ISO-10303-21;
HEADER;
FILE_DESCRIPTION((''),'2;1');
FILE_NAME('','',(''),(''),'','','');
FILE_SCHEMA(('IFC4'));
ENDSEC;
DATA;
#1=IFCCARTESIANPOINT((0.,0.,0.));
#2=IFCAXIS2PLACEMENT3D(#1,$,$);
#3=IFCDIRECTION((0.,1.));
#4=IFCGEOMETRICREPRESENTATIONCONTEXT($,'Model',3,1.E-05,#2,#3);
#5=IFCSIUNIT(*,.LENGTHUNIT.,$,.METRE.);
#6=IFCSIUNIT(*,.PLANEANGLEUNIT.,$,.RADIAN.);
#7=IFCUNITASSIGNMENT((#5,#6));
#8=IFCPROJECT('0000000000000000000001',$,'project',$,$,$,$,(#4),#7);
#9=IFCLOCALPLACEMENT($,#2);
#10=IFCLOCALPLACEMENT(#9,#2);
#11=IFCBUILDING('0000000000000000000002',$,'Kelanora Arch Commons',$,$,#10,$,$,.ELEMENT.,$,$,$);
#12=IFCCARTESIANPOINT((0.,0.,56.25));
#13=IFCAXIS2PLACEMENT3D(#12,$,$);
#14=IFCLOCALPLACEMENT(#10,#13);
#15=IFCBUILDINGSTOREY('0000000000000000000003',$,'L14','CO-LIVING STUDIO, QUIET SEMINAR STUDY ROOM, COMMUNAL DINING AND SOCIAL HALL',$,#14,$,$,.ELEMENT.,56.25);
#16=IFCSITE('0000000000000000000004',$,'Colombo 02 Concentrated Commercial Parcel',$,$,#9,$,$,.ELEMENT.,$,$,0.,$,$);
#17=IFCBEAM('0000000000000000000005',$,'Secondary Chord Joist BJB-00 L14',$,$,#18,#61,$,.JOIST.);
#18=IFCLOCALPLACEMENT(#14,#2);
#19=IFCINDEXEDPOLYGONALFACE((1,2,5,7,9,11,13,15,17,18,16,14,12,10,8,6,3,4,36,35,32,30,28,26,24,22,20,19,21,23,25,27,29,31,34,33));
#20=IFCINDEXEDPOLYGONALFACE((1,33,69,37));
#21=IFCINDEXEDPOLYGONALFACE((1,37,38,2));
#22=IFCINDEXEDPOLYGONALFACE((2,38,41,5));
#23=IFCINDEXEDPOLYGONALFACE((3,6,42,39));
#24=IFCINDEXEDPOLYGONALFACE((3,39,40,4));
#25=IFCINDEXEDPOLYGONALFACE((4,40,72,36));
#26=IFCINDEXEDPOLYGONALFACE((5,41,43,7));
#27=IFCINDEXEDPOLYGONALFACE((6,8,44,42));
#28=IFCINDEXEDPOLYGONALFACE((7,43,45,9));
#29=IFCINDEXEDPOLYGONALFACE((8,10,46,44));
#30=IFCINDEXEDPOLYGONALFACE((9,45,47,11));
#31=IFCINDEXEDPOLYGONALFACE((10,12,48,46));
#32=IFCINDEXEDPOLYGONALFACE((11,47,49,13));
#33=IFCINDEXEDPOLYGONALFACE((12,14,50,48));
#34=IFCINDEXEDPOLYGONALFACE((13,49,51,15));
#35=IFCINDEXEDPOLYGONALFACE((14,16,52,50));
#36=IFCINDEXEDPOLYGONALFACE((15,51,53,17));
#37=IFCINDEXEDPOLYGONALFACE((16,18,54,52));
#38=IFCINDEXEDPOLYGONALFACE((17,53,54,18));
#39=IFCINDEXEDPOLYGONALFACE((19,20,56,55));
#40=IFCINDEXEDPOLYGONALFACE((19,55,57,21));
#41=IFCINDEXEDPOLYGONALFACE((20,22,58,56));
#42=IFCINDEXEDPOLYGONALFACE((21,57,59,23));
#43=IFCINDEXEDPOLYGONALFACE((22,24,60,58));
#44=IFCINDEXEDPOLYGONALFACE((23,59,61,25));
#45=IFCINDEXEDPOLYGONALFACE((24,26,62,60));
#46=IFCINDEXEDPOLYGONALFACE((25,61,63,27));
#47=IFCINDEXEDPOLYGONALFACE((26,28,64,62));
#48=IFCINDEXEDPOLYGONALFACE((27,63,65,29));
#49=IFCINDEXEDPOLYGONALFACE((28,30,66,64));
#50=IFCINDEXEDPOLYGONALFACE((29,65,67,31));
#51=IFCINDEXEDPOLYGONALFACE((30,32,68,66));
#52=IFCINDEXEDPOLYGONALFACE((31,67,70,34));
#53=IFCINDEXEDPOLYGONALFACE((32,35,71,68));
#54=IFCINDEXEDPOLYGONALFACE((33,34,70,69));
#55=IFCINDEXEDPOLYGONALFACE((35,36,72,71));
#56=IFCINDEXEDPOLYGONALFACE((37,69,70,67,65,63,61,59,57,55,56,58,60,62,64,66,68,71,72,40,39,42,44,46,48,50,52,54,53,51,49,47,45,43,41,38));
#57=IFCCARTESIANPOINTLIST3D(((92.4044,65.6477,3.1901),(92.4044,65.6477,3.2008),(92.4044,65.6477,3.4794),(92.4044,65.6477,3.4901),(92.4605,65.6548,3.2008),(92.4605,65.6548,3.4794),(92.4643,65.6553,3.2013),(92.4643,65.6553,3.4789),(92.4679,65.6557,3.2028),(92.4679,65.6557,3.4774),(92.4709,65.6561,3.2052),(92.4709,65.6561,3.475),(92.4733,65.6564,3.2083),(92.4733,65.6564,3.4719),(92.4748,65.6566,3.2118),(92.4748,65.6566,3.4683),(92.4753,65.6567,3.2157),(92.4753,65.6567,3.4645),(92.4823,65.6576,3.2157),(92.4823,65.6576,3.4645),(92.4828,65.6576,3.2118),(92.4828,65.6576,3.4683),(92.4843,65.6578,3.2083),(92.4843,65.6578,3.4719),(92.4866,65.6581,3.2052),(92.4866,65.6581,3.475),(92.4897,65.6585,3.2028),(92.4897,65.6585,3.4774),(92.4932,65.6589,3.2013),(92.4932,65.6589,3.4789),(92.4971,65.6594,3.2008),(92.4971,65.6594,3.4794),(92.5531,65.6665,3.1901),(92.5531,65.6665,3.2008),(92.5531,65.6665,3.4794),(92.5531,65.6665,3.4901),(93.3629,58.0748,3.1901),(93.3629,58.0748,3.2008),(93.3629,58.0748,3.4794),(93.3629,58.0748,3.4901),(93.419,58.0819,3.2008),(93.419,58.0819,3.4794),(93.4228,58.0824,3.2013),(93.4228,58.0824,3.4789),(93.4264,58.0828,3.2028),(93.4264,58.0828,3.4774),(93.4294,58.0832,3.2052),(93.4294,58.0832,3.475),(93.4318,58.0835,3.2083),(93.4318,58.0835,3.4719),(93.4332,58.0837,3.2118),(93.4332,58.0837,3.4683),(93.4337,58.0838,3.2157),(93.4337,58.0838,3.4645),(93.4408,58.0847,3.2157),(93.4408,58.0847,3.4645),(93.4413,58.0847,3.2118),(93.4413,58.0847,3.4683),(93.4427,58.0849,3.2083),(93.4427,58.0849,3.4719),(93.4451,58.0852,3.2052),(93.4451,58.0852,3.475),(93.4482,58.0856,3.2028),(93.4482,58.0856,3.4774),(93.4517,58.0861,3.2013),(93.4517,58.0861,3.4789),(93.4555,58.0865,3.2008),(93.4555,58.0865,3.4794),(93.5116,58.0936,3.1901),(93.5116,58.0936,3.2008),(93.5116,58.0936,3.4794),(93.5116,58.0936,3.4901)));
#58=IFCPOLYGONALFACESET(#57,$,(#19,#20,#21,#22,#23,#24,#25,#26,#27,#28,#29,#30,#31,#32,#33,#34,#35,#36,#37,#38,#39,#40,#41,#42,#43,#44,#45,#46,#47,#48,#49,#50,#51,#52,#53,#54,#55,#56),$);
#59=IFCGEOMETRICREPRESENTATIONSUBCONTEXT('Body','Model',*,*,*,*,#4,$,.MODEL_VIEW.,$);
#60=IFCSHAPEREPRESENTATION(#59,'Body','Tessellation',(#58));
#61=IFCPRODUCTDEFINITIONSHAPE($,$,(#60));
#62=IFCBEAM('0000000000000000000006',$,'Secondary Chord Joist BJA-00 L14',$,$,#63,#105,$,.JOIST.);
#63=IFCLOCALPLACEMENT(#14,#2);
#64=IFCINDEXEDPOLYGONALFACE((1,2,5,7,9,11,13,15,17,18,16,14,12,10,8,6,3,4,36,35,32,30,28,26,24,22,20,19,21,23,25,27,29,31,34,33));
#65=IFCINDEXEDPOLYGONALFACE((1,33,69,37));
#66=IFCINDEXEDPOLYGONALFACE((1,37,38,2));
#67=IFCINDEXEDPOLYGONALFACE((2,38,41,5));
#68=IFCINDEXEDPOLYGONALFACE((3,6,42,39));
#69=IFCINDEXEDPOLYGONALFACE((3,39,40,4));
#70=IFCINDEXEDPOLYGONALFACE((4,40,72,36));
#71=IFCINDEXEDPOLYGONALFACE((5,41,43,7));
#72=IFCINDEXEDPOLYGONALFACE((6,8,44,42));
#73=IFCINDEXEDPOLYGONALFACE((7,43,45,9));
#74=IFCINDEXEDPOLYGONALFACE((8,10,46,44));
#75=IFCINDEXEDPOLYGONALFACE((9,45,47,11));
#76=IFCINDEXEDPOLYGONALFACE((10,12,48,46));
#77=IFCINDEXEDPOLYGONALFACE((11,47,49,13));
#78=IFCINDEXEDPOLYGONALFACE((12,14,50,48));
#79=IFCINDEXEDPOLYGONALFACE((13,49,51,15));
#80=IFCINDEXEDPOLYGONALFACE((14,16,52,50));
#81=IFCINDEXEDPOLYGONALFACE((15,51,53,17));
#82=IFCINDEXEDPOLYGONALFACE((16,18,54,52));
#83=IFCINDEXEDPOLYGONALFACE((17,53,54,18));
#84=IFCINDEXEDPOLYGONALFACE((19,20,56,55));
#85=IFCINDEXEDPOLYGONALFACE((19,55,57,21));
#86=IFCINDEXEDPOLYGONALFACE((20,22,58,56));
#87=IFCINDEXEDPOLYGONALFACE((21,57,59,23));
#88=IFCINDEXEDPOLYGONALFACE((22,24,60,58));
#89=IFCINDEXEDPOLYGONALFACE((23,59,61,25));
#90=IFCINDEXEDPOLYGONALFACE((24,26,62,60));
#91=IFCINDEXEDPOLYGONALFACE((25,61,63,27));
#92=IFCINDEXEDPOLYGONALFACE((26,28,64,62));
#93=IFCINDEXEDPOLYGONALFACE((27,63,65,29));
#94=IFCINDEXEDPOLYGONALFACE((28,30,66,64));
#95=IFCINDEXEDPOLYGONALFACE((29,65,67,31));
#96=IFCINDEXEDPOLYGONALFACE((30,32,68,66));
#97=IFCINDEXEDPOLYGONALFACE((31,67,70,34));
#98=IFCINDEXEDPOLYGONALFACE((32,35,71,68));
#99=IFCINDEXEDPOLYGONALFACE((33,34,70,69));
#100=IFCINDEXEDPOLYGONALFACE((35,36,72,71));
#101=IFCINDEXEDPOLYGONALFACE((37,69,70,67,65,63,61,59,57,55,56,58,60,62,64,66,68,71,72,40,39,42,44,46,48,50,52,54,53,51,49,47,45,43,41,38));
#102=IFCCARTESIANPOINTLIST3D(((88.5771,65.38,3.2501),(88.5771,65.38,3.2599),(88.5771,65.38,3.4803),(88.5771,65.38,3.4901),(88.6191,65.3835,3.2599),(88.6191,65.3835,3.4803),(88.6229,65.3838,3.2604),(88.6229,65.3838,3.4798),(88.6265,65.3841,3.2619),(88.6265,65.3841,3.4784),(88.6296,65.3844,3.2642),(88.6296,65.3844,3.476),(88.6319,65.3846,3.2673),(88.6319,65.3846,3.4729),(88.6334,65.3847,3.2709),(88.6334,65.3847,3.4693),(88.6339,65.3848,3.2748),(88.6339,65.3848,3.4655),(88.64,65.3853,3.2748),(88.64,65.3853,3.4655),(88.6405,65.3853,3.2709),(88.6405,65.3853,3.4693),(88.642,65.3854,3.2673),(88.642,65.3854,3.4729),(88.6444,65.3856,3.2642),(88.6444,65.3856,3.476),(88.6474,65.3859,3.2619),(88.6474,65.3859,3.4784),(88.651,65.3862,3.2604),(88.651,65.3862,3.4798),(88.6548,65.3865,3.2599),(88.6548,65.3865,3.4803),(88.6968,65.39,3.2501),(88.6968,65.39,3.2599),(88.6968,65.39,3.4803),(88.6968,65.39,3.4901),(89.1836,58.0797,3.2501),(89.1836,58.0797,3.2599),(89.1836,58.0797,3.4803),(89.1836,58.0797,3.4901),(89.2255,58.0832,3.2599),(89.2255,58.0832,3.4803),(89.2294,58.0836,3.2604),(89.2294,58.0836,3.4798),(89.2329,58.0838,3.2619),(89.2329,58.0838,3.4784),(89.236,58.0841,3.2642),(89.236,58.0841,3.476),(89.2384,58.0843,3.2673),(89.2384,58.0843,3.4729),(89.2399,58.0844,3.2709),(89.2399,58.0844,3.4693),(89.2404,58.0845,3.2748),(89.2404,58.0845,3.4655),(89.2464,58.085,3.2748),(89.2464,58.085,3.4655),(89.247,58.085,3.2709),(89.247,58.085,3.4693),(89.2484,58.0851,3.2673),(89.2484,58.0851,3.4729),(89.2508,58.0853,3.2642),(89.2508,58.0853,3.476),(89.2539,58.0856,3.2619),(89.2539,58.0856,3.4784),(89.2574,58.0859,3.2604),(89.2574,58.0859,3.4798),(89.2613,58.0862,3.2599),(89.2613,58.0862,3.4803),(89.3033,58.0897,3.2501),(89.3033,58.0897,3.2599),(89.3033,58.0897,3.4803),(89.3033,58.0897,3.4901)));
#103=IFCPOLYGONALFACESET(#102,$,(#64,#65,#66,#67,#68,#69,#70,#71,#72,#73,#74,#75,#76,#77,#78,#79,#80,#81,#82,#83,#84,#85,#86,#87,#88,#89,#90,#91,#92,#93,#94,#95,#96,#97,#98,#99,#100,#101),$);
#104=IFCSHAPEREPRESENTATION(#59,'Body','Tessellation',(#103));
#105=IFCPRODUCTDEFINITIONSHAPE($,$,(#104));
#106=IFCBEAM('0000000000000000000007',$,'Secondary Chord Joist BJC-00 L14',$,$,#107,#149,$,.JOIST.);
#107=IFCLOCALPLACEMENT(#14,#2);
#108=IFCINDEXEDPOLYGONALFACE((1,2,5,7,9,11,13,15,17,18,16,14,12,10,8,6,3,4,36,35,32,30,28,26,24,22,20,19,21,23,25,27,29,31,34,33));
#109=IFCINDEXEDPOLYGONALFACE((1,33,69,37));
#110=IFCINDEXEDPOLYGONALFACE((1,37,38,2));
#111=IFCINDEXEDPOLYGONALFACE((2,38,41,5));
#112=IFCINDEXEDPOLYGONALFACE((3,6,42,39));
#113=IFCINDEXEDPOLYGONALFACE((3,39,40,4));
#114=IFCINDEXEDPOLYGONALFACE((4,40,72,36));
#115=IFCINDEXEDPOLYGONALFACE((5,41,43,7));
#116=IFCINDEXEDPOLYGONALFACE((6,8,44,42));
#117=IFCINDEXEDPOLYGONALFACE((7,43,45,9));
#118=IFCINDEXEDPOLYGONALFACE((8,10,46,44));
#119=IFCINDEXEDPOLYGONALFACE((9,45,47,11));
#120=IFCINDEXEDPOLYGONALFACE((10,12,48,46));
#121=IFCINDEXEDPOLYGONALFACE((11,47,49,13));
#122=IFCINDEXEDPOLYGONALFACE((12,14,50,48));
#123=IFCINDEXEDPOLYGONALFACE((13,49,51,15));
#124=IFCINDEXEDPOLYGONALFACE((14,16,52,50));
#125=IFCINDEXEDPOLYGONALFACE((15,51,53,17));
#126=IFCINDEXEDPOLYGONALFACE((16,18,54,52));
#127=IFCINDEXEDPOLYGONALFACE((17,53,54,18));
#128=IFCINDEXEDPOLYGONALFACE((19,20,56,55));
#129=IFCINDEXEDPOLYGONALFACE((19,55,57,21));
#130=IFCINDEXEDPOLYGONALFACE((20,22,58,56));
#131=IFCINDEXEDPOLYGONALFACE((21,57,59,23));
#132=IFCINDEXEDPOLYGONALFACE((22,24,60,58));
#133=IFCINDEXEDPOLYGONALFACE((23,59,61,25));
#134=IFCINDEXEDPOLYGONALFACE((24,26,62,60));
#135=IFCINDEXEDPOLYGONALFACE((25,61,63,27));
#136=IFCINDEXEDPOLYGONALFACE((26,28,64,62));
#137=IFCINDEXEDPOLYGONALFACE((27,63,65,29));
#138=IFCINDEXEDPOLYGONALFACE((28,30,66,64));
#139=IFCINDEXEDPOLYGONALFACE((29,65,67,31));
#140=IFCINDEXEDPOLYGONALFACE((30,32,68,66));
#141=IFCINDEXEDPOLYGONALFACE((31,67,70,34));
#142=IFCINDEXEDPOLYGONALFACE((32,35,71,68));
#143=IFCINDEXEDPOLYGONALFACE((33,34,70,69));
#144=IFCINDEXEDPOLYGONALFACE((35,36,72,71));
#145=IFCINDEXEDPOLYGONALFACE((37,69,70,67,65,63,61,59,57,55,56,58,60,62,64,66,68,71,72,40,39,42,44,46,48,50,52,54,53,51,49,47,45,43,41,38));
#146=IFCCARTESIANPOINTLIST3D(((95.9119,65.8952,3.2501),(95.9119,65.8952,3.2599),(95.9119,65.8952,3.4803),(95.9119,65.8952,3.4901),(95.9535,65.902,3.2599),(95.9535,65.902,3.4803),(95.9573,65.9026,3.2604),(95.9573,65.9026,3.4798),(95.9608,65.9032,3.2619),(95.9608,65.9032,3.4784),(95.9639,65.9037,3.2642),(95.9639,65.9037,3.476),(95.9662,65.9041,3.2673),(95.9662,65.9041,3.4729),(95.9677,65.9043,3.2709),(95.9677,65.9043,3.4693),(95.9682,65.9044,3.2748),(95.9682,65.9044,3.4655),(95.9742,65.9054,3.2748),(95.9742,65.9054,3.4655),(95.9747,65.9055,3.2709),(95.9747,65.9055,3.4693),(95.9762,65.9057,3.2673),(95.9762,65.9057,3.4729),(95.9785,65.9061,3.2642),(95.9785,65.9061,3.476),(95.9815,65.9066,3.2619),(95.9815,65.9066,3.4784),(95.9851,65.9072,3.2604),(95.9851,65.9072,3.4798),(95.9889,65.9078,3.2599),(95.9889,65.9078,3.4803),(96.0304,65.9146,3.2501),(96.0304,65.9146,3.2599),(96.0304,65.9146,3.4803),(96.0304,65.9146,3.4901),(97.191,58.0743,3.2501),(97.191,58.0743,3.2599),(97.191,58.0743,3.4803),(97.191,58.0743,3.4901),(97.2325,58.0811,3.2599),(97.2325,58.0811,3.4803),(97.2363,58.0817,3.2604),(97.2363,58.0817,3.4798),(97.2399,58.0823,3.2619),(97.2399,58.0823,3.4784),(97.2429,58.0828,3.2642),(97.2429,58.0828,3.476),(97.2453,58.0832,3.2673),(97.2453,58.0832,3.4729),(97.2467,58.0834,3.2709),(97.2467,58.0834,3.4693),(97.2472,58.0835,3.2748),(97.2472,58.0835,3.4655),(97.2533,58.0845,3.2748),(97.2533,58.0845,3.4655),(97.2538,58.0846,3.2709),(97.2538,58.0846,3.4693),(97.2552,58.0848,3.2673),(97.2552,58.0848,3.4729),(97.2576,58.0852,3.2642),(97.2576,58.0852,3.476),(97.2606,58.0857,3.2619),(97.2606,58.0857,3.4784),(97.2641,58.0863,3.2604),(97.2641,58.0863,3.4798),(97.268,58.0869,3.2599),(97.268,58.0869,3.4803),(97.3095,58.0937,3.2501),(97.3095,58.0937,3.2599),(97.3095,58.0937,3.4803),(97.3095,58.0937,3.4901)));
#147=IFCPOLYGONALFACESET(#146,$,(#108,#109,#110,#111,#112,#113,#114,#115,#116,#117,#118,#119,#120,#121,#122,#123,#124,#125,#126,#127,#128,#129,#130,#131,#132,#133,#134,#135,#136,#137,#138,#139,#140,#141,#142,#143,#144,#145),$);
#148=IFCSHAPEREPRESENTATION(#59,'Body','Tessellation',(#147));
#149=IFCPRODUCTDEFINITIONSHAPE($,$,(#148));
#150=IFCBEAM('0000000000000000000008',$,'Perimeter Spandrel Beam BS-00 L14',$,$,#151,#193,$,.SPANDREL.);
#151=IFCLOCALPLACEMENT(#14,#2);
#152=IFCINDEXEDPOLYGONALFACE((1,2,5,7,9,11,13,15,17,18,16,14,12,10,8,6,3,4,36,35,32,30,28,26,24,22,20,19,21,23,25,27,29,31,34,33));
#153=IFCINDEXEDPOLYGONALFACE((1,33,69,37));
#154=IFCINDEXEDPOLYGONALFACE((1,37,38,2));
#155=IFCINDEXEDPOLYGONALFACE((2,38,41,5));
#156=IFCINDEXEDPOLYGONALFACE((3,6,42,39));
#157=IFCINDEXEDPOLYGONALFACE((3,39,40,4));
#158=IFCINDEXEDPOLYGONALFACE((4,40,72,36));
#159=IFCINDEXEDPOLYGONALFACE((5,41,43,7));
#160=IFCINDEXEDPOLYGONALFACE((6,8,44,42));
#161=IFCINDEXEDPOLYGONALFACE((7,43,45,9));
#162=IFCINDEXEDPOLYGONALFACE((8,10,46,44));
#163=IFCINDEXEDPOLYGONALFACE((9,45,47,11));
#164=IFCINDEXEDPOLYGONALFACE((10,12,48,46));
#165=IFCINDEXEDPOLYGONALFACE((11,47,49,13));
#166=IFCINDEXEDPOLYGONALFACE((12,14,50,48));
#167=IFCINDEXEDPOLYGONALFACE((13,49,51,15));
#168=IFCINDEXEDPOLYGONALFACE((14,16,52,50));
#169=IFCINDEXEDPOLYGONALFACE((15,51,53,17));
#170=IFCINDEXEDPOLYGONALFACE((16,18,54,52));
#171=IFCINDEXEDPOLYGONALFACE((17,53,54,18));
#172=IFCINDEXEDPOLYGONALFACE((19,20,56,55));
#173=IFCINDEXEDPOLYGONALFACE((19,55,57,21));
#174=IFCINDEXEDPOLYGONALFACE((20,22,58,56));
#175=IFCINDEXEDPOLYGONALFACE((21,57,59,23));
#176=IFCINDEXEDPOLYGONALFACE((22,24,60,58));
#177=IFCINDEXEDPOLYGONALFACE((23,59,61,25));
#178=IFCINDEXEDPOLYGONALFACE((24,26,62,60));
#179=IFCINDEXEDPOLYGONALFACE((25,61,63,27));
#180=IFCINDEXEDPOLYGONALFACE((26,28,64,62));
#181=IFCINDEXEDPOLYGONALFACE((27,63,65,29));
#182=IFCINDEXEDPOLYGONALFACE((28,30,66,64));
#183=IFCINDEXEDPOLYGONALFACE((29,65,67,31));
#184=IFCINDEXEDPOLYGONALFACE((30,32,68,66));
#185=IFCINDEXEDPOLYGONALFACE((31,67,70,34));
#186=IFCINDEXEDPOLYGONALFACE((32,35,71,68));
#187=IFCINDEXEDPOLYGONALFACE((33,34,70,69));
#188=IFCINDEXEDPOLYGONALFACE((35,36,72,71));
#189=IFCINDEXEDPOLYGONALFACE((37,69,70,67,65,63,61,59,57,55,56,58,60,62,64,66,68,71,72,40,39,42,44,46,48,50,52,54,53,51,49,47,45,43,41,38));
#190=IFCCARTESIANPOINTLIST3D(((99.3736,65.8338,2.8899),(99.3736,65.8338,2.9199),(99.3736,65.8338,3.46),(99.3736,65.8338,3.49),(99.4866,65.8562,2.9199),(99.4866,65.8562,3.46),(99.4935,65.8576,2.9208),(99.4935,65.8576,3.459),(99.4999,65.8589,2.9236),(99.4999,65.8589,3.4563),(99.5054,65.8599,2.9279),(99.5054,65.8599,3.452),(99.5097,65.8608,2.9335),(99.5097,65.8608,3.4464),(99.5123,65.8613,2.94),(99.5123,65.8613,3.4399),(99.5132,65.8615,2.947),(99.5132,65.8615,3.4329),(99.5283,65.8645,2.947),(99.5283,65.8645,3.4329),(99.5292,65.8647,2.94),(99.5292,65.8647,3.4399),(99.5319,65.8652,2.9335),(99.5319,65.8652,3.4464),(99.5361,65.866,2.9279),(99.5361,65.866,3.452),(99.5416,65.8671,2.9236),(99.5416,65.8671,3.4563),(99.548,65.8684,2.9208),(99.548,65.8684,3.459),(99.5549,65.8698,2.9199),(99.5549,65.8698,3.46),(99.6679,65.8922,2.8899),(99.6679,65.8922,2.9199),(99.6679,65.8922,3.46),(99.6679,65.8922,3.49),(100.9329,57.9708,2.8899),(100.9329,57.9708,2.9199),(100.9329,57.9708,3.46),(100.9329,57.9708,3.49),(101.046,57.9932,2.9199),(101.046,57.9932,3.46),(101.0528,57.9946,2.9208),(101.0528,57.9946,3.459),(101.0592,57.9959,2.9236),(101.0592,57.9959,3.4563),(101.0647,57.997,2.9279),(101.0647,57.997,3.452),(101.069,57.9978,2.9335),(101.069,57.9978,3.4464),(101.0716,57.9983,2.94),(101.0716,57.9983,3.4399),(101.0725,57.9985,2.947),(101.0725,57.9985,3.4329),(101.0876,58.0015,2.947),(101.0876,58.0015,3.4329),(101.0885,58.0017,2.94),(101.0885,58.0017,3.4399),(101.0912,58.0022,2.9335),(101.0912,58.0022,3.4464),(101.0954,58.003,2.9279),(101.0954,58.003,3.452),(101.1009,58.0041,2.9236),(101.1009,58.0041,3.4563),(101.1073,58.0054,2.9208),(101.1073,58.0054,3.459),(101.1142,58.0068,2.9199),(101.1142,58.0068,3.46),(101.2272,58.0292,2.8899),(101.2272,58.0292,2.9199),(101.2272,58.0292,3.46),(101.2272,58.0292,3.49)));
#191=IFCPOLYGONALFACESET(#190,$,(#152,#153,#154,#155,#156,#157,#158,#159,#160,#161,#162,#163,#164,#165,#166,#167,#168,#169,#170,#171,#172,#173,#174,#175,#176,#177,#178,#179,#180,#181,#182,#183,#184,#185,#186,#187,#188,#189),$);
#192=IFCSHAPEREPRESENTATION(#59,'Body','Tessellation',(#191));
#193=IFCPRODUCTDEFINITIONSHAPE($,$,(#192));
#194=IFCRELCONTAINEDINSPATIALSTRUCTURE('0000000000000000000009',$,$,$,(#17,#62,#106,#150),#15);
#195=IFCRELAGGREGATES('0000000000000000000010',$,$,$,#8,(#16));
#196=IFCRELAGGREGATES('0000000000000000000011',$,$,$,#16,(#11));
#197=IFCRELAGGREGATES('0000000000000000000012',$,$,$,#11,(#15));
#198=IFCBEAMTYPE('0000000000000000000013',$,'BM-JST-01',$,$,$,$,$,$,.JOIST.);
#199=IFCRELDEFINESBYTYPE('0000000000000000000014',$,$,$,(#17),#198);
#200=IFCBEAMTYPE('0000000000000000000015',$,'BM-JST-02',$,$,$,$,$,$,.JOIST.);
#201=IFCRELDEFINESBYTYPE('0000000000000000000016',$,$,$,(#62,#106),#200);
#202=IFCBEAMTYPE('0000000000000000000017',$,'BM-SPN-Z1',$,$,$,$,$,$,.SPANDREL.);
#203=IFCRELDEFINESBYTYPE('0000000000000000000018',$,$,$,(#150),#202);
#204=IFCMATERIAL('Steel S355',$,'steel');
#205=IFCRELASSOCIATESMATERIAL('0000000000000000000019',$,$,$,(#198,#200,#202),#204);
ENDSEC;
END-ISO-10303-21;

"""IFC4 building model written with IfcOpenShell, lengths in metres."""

from ifc_helpers import new_model, si_unit, direction, frame, origin, origin_2d, place, context, subcontext, project, spatial, i_section, extrude, material, material_profile, profile_set, type_object, element, save


model = new_model("IFC4")

# Units and contexts
model_context = context("Model", 3, precision=1e-05, world=origin(), true_north=direction((0.0, 1.0)))
body_context = subcontext(model_context, "Body", "Model", "MODEL_VIEW")
ifc_project = project(units=[si_unit("LENGTHUNIT", "METRE"), si_unit("PLANEANGLEUNIT", "RADIAN")], contexts=[model_context])

# Site, building, storey
site_placement = place(None, origin())
site = spatial("IfcSite", under=ifc_project, at=site_placement, Name="Colombo 02 Concentrated Commercial Parcel", CompositionType="ELEMENT", RefElevation=0.0)
building_placement = place(site_placement, origin())
building = spatial("IfcBuilding", under=site, at=building_placement, Name="Kelanora Arch Commons", CompositionType="ELEMENT")
storey_placement = place(building_placement, frame((0.0, 0.0, 56.25)))
storey = spatial("IfcBuildingStorey", under=building, at=storey_placement, Name="L14", Description="CO-LIVING STUDIO, QUIET SEMINAR STUDY ROOM, COMMUNAL DINING AND SOCIAL HALL", CompositionType="ELEMENT", Elevation=56.25)

# Beams
ifc_material_1 = material(Name="Steel S355", Category="steel")
ifc_material_profile_1 = material_profile(ifc_material_1, i_section(OverallWidth=0.1499, OverallDepth=0.3, WebThickness=0.0071, FlangeThickness=0.0107, FilletRadius=0.0149, at=origin_2d()), Name="IPE300")
ifc_profile_set_1 = profile_set([ifc_material_profile_1], Name="Steel S355")
beam_type_1 = type_object("IfcBeamType", Name="BM-JST-01", PredefinedType="JOIST", material=ifc_profile_set_1)
beam_1_placement = place(storey_placement, frame((93.4373, 58.0842, 3.3401), z_axis=(-0.125566, 0.992085, 0.0), x_axis=(-0.992085, -0.125566, 0.0)))
element("IfcBeam", 1, at=beam_1_placement, inside=storey, type_object=beam_type_1, Name="Secondary Chord Joist BJB-00 L14", PredefinedType="JOIST", context=body_context, shape_type="SweptSolid", body=[
    extrude(i_section(OverallWidth=0.1499, OverallDepth=0.3, WebThickness=0.0071, FlangeThickness=0.0107, FilletRadius=0.0149, at=origin_2d()), origin(), (0.0, 0.0, 1.0), 7.6333),
])
ifc_material_profile_2 = material_profile(ifc_material_1, i_section(OverallWidth=0.1201, OverallDepth=0.24, WebThickness=0.0061, FlangeThickness=0.0098, FilletRadius=0.0149, at=origin_2d()), Name="IPE240")
ifc_profile_set_2 = profile_set([ifc_material_profile_2], Name="Steel S355")
beam_type_2 = type_object("IfcBeamType", Name="BM-JST-02", PredefinedType="JOIST", material=ifc_profile_set_2)
beam_2_placement = place(storey_placement, frame((89.2434, 58.0847, 3.3701), z_axis=(-0.082786, 0.996567, 0.0), x_axis=(-0.996567, -0.082786, 0.0)))
element("IfcBeam", 2, at=beam_2_placement, inside=storey, type_object=beam_type_2, Name="Secondary Chord Joist BJA-00 L14", PredefinedType="JOIST", context=body_context, shape_type="SweptSolid", body=[
    extrude(i_section(OverallWidth=0.1201, OverallDepth=0.24, WebThickness=0.0061, FlangeThickness=0.0098, FilletRadius=0.0149, at=origin_2d()), origin(), (0.0, 0.0, 1.0), 7.3254),
])
beam_3_placement = place(storey_placement, frame((97.2502, 58.084, 3.3701), z_axis=(-0.161401, 0.986889, 0.0), x_axis=(-0.986889, -0.161401, 0.0)))
element("IfcBeam", 3, at=beam_3_placement, inside=storey, type_object=beam_type_2, Name="Secondary Chord Joist BJC-00 L14", PredefinedType="JOIST", context=body_context, shape_type="SweptSolid", body=[
    extrude(i_section(OverallWidth=0.1201, OverallDepth=0.24, WebThickness=0.0061, FlangeThickness=0.0098, FilletRadius=0.0149, at=origin_2d()), origin(), (0.0, 0.0, 1.0), 7.9248),
])
ifc_material_profile_3 = material_profile(ifc_material_1, i_section(OverallWidth=0.3, OverallDepth=0.6001, WebThickness=0.0154, FlangeThickness=0.03, FilletRadius=0.0271, at=origin_2d()), Name="HEB600")
ifc_profile_set_3 = profile_set([ifc_material_profile_3], Name="Steel S355")
beam_type_3 = type_object("IfcBeamType", Name="BM-SPN-Z1", PredefinedType="SPANDREL", material=ifc_profile_set_3)
beam_4_placement = place(storey_placement, frame((101.0801, 58.0, 3.1899), z_axis=(-0.194523, 0.980898, 0.0), x_axis=(-0.980898, -0.194523, 0.0)))
element("IfcBeam", 4, at=beam_4_placement, inside=storey, type_object=beam_type_3, Name="Perimeter Spandrel Beam BS-00 L14", PredefinedType="SPANDREL", context=body_context, shape_type="SweptSolid", body=[
    extrude(i_section(OverallWidth=0.3, OverallDepth=0.6001, WebThickness=0.0154, FlangeThickness=0.03, FilletRadius=0.0271, at=origin_2d()), origin(), (0.0, 0.0, 1.0), 8.0161),
])

save(model, "model.ifc")
